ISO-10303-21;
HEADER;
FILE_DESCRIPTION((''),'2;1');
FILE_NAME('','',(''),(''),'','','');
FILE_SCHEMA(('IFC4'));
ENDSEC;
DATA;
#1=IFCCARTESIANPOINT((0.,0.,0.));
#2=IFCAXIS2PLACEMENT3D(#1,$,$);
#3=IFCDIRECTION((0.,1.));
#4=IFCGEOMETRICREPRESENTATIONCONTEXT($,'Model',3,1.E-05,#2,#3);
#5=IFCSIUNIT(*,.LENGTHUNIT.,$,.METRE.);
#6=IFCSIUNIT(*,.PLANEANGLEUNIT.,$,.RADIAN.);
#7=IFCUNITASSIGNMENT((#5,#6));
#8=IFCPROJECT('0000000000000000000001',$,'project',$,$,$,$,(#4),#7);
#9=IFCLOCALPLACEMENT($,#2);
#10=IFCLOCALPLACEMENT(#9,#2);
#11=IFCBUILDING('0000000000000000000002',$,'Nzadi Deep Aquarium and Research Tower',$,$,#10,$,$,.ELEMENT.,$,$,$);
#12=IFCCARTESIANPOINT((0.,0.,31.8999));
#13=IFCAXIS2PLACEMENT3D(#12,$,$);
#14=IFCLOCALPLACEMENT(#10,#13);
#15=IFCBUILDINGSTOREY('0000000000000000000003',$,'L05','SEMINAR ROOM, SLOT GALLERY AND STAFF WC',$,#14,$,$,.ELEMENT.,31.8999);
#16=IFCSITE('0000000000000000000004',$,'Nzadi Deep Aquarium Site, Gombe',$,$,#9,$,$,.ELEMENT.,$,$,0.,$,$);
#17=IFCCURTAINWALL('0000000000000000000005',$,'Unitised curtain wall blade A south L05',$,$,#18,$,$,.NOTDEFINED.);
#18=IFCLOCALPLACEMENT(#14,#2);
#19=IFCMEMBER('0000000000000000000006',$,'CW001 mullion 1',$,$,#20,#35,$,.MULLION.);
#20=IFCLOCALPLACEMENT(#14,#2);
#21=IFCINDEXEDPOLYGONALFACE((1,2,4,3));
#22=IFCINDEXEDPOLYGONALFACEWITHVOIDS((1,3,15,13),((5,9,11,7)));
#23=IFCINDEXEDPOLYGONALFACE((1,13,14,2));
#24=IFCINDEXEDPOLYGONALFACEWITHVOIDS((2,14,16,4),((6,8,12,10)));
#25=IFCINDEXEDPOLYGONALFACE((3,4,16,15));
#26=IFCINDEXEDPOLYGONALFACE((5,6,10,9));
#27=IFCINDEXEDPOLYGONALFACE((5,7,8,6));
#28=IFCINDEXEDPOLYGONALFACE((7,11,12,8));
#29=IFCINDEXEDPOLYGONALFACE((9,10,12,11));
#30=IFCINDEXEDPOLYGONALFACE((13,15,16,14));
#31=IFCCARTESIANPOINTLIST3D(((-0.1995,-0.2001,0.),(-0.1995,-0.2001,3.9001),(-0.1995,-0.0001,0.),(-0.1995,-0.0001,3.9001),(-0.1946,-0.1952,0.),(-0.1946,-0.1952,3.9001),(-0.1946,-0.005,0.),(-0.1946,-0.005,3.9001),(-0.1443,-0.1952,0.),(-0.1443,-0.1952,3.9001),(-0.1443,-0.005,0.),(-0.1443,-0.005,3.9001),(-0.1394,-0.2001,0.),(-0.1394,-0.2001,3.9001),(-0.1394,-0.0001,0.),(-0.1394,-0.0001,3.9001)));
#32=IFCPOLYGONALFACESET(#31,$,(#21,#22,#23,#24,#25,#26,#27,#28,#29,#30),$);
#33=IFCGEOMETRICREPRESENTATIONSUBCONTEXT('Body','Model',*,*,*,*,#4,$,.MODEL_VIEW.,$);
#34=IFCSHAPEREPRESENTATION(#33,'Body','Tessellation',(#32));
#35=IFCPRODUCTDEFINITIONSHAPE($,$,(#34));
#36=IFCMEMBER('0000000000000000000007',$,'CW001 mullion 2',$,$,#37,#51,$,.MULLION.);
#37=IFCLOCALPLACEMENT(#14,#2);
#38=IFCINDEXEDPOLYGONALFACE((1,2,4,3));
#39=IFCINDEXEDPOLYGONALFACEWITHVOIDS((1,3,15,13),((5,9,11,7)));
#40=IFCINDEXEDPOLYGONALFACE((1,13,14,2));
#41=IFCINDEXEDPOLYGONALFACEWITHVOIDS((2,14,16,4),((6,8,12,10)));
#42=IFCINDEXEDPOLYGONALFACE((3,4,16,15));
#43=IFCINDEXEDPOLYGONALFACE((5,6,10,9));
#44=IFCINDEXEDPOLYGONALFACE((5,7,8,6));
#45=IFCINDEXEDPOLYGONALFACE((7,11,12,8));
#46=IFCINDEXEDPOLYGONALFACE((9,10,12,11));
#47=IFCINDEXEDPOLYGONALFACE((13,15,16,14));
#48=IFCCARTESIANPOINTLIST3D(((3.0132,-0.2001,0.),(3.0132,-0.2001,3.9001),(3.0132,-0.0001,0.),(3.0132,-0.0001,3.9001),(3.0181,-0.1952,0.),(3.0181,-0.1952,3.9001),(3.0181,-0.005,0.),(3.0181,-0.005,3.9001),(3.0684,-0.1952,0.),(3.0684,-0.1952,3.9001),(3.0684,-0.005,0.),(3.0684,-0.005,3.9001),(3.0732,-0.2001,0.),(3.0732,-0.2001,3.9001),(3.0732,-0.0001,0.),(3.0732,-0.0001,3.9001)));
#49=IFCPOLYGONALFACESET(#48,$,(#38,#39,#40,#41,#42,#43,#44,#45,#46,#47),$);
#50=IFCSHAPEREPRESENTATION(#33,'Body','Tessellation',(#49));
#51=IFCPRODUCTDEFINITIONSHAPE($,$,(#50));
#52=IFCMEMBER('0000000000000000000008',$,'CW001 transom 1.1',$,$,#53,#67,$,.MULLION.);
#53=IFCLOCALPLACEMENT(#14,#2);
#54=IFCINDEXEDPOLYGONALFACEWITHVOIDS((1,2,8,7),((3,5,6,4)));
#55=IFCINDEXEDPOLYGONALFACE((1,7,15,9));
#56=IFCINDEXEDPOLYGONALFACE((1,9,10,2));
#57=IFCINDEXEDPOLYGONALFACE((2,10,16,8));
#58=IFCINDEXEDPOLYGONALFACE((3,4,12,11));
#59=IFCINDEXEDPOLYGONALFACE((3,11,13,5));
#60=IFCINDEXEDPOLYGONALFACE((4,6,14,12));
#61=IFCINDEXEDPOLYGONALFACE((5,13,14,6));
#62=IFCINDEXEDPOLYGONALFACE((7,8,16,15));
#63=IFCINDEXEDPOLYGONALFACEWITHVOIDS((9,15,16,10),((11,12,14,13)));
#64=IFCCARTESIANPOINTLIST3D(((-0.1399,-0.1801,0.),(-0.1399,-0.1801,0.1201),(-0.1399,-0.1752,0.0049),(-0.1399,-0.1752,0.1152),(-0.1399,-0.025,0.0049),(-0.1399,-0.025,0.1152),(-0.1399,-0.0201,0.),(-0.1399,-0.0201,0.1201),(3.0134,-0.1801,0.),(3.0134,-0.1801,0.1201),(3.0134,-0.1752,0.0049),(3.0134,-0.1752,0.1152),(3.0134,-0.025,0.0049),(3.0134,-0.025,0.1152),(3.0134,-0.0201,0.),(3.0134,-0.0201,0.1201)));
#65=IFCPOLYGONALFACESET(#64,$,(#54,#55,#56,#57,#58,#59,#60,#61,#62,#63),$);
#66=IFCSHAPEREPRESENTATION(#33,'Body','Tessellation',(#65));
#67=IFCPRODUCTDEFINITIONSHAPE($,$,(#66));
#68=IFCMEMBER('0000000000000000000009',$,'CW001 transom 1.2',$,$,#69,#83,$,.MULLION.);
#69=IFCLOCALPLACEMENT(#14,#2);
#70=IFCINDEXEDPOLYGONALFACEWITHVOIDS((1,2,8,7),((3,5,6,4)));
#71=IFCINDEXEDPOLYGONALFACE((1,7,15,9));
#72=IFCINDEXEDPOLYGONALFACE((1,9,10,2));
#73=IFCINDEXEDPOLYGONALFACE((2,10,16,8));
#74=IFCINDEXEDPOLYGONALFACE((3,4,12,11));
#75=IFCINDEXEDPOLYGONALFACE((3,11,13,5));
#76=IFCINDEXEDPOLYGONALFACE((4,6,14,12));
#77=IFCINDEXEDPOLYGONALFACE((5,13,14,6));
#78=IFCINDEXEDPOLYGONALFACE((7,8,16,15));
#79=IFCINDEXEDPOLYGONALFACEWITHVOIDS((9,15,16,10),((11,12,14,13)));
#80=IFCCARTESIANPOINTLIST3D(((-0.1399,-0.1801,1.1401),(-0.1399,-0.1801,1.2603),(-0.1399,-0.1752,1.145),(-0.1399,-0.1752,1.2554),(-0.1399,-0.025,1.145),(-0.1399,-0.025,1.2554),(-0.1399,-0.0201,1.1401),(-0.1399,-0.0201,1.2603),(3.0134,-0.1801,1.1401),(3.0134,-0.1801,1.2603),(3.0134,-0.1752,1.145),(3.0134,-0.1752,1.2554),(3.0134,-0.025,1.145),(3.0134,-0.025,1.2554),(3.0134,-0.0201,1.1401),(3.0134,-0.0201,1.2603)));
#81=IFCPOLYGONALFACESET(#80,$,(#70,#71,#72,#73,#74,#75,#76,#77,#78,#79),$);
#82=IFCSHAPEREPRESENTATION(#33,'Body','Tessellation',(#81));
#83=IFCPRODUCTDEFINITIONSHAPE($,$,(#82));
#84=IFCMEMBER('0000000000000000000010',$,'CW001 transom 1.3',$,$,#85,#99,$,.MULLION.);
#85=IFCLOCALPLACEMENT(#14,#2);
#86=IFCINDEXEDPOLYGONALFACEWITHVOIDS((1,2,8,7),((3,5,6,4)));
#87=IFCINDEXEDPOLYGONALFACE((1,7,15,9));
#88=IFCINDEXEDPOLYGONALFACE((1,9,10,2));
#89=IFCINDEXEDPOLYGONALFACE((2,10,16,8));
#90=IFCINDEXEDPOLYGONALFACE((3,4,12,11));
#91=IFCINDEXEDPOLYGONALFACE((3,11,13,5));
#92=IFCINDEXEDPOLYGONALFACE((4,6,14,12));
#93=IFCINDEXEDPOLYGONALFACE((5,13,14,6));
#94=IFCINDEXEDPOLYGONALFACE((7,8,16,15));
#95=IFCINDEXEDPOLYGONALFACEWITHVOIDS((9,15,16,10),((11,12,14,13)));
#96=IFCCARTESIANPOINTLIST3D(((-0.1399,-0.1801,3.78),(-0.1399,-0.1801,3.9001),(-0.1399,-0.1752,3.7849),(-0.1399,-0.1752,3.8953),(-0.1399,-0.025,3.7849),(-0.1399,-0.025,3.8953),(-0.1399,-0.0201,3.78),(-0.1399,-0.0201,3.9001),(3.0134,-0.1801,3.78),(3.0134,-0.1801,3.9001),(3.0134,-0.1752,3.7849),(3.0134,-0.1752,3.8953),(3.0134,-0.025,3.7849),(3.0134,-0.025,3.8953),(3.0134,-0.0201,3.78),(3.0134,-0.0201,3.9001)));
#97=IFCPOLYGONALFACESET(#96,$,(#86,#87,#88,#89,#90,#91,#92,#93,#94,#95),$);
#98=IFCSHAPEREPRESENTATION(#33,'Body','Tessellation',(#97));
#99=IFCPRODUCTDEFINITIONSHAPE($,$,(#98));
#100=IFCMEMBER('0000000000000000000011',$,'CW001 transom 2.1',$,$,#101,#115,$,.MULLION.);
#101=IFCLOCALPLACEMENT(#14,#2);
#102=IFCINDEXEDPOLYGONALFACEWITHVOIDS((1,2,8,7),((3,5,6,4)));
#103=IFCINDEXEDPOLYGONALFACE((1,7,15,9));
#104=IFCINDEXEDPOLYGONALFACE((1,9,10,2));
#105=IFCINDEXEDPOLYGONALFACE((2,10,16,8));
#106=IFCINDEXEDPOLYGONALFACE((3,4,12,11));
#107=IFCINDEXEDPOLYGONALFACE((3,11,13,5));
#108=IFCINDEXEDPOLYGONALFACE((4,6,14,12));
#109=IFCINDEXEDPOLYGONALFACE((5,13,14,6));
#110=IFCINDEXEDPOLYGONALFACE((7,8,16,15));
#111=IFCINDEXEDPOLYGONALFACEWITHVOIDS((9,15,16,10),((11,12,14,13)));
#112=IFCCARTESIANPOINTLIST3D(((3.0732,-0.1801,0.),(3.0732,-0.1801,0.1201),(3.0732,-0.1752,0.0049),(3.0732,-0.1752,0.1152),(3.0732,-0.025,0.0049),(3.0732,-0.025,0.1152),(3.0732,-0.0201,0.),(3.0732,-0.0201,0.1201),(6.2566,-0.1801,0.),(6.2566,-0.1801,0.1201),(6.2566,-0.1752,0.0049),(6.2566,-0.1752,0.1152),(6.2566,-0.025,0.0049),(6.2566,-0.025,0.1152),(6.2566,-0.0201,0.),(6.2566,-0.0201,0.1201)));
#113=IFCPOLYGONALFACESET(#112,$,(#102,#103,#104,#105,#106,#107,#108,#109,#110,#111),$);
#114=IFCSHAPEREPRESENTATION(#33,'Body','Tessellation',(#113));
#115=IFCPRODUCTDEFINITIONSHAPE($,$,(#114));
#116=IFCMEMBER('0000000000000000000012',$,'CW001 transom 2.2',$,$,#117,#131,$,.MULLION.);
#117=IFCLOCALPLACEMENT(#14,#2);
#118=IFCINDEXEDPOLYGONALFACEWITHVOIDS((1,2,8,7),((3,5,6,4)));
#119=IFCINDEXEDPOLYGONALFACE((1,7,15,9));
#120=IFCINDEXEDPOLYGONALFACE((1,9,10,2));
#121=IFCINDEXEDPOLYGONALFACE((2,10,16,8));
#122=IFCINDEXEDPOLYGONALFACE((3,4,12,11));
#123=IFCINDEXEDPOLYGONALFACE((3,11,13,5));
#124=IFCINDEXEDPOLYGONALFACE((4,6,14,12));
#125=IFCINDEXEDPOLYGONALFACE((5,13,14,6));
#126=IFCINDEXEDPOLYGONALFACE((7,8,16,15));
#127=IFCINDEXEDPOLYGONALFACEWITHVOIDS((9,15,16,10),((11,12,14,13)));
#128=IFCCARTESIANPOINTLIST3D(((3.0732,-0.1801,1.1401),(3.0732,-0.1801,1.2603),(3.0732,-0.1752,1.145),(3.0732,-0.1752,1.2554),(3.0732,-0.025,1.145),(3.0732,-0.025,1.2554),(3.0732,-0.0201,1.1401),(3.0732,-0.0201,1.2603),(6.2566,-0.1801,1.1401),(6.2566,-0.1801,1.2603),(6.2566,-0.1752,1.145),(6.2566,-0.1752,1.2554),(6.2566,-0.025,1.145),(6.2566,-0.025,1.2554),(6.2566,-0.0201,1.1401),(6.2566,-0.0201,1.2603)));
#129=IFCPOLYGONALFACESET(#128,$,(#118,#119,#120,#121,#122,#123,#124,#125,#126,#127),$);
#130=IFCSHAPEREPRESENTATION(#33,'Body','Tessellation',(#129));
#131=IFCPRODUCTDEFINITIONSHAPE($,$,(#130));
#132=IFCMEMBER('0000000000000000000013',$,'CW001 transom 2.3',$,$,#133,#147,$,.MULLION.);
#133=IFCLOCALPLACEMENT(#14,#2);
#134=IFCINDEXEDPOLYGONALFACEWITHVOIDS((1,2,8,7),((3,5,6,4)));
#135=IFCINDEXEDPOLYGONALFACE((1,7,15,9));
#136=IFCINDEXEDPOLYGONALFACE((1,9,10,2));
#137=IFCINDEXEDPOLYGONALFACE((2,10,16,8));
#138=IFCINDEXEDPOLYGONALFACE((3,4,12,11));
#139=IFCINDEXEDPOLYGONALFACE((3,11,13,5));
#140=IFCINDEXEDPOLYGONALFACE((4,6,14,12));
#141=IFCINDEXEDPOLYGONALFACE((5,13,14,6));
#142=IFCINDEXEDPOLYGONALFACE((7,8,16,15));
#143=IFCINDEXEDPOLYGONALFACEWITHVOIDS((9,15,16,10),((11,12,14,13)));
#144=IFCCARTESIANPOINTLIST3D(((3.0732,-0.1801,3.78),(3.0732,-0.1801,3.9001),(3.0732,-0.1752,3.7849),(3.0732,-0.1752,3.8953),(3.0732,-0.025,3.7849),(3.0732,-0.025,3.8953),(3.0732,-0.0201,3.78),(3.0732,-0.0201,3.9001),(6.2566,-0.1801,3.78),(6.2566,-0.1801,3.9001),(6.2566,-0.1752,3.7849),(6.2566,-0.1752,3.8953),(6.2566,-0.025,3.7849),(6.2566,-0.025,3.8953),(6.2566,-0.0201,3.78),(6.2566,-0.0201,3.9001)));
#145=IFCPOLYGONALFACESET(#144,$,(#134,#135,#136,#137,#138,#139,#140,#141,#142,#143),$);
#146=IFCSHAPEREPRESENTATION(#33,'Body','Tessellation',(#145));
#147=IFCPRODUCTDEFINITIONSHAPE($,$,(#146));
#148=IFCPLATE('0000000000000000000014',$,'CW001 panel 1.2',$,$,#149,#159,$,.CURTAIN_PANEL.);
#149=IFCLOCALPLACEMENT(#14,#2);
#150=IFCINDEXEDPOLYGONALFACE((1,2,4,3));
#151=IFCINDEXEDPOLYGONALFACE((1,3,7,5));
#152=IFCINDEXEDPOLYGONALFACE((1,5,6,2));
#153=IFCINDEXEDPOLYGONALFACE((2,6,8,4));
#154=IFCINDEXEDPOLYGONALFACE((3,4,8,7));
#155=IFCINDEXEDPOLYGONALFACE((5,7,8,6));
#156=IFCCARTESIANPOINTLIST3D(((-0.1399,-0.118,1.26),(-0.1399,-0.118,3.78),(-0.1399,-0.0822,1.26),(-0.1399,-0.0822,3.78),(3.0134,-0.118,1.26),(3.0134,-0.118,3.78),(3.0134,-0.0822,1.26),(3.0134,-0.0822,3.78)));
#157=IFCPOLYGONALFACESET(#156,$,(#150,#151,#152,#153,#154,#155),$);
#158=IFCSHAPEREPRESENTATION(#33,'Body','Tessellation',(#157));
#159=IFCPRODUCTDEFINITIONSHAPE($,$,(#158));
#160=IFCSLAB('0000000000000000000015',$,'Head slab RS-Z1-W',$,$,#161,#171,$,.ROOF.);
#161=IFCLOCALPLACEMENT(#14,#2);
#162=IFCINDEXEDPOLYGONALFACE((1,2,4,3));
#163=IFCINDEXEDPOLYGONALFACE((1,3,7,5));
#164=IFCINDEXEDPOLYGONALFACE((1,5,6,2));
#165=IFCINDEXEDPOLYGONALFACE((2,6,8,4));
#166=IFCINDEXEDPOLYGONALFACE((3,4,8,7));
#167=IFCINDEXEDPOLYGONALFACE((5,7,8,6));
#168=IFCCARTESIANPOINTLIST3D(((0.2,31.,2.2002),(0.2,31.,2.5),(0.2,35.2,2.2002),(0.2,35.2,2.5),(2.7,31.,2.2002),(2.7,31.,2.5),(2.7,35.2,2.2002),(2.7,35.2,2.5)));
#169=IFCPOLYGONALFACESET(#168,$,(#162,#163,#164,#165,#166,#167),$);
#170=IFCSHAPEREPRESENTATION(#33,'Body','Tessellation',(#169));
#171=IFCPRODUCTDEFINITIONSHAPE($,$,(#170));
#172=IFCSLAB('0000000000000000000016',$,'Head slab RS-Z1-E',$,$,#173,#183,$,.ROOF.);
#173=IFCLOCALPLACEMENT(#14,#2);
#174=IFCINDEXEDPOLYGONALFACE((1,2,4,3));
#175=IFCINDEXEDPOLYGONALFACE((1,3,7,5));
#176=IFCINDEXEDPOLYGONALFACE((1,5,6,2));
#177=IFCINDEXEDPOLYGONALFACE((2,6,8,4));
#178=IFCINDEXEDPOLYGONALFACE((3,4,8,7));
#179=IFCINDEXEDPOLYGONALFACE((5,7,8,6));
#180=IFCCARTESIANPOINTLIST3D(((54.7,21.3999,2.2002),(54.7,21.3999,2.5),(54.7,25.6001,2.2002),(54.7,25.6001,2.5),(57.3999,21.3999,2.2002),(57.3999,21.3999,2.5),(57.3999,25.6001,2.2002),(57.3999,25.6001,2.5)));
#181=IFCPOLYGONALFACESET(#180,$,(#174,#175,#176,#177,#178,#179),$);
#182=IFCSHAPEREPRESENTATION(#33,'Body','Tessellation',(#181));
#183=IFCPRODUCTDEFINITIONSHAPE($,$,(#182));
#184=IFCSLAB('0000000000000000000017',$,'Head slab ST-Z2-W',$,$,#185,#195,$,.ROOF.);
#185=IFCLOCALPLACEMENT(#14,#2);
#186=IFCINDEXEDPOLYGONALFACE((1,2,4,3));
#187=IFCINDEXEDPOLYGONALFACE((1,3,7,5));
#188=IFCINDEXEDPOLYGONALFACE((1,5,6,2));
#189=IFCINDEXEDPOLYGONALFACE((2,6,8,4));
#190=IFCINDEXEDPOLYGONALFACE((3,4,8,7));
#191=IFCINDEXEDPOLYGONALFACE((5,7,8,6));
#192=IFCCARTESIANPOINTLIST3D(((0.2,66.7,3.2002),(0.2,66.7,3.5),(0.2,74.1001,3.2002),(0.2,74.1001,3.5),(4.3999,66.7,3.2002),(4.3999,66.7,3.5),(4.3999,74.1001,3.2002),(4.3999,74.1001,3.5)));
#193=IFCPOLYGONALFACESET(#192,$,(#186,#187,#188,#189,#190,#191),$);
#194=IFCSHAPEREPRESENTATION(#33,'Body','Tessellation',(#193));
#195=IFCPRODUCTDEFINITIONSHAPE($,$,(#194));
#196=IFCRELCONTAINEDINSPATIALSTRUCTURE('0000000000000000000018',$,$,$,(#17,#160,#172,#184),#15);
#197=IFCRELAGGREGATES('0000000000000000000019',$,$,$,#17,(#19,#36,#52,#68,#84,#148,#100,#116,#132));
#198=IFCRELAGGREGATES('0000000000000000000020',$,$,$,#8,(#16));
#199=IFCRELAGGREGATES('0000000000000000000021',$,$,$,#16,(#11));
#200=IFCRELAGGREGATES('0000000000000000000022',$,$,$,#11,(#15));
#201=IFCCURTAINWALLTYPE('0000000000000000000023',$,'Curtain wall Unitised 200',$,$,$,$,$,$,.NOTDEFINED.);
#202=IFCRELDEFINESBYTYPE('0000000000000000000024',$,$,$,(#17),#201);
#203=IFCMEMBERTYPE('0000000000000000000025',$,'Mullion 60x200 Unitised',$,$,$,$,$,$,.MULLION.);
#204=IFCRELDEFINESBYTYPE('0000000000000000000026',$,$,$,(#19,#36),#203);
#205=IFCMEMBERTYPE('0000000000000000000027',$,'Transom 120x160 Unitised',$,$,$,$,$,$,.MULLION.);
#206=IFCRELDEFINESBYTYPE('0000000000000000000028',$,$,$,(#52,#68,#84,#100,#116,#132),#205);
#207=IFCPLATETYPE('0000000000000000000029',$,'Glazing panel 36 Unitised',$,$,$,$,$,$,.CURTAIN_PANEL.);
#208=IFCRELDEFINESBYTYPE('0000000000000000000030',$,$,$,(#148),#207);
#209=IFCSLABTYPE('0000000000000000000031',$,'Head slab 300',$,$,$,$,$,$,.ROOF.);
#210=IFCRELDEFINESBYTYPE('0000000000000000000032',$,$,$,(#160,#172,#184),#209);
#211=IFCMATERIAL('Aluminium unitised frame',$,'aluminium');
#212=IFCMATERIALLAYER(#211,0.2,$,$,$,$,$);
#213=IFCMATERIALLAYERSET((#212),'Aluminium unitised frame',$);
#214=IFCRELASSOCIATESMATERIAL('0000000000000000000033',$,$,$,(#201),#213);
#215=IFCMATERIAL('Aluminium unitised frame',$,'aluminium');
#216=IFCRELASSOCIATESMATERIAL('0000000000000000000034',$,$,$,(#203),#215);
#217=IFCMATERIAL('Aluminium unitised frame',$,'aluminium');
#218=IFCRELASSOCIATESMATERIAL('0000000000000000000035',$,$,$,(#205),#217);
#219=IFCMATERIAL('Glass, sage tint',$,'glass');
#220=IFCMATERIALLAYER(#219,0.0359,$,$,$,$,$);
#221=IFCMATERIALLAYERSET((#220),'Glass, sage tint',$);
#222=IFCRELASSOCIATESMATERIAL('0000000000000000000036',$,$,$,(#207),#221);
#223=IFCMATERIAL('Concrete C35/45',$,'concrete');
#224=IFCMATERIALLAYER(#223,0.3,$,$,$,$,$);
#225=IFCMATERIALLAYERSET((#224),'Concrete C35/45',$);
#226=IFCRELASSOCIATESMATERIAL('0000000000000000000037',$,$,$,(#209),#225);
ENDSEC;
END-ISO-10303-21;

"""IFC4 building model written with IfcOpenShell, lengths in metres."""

from ifc_helpers import new_model, si_unit, direction, frame, origin, origin_2d, place, context, subcontext, project, spatial, polyline, rectangle, hollow_rectangle, outline, extrude, material, layer, layer_set, material_profile, profile_set, type_object, element, aggregate, save


model = new_model("IFC4")

# Units and contexts
model_context = context("Model", 3, precision=1e-05, world=origin(), true_north=direction((0.0, 1.0)))
body_context = subcontext(model_context, "Body", "Model", "MODEL_VIEW")
ifc_project = project(units=[si_unit("LENGTHUNIT", "METRE"), si_unit("PLANEANGLEUNIT", "RADIAN")], contexts=[model_context])

# Site, building, storey
site_placement = place(None, origin())
site = spatial("IfcSite", under=ifc_project, at=site_placement, Name="Nzadi Deep Aquarium Site, Gombe", CompositionType="ELEMENT", RefElevation=0.0)
building_placement = place(site_placement, origin())
building = spatial("IfcBuilding", under=site, at=building_placement, Name="Nzadi Deep Aquarium and Research Tower", CompositionType="ELEMENT")
storey_placement = place(building_placement, frame((0.0, 0.0, 31.8999)))
storey = spatial("IfcBuildingStorey", under=building, at=storey_placement, Name="L05", Description="SEMINAR ROOM, SLOT GALLERY AND STAFF WC", CompositionType="ELEMENT", Elevation=31.8999)

# Curtain wall, members, plate
ifc_material_1 = material(Name="Aluminium unitised frame", Category="aluminium")
ifc_layer_1 = layer(ifc_material_1, 0.2)
ifc_layer_set_1 = layer_set([ifc_layer_1], Name="Aluminium unitised frame")
curtain_wall_type = type_object("IfcCurtainWallType", Name="Curtain wall Unitised 200", PredefinedType="NOTDEFINED", material=ifc_layer_set_1)
curtain_wall_placement = place(storey_placement, origin())
curtain_wall = element("IfcCurtainWall", 1, at=curtain_wall_placement, inside=storey, type_object=curtain_wall_type, Name="Unitised curtain wall blade A south L05", PredefinedType="NOTDEFINED")
ifc_material_2 = material(Name="Aluminium unitised frame", Category="aluminium")
ifc_material_profile_1 = material_profile(ifc_material_2, hollow_rectangle(XDim=0.2, YDim=0.0601, WallThickness=0.0049, at=origin_2d()))
ifc_profile_set_1 = profile_set([ifc_material_profile_1], Name="Aluminium unitised frame")
member_type_1 = type_object("IfcMemberType", Name="Mullion 60x200 Unitised", PredefinedType="MULLION", material=ifc_profile_set_1)
member_1_placement = place(storey_placement, frame((-0.1694, -0.1001, 0.0), z_axis=(0.0, 0.0, 1.0), x_axis=(0.0, 1.0, 0.0)))
member_1 = element("IfcMember", 2, at=member_1_placement, type_object=member_type_1, Name="CW001 mullion 1", PredefinedType="MULLION", context=body_context, shape_type="SweptSolid", body=[
    extrude(hollow_rectangle(XDim=0.2, YDim=0.0601, WallThickness=0.0049, at=origin_2d()), origin(), (0.0, 0.0, 1.0), 3.9001),
])
member_2_placement = place(storey_placement, frame((3.0432, -0.1001, 0.0), z_axis=(0.0, 0.0, 1.0), x_axis=(0.0, 1.0, 0.0)))
member_2 = element("IfcMember", 3, at=member_2_placement, type_object=member_type_1, Name="CW001 mullion 2", PredefinedType="MULLION", context=body_context, shape_type="SweptSolid", body=[
    extrude(hollow_rectangle(XDim=0.2, YDim=0.0601, WallThickness=0.0049, at=origin_2d()), origin(), (0.0, 0.0, 1.0), 3.9001),
])
ifc_material_3 = material(Name="Aluminium unitised frame", Category="aluminium")
ifc_material_profile_2 = material_profile(ifc_material_3, hollow_rectangle(XDim=0.1599, YDim=0.1201, WallThickness=0.0049, at=origin_2d()))
ifc_profile_set_2 = profile_set([ifc_material_profile_2], Name="Aluminium unitised frame")
member_type_2 = type_object("IfcMemberType", Name="Transom 120x160 Unitised", PredefinedType="MULLION", material=ifc_profile_set_2)
member_3_placement = place(storey_placement, frame((-0.1399, -0.1001, 0.0601), z_axis=(1.0, 0.0, 0.0), x_axis=(0.0, 1.0, 0.0)))
member_3 = element("IfcMember", 4, at=member_3_placement, type_object=member_type_2, Name="CW001 transom 1.1", PredefinedType="MULLION", context=body_context, shape_type="SweptSolid", body=[
    extrude(hollow_rectangle(XDim=0.1599, YDim=0.1201, WallThickness=0.0049, at=origin_2d()), origin(), (0.0, 0.0, 1.0), 3.1533),
])
member_4_placement = place(storey_placement, frame((-0.1399, -0.1001, 1.2002), z_axis=(1.0, 0.0, 0.0), x_axis=(0.0, 1.0, 0.0)))
member_4 = element("IfcMember", 5, at=member_4_placement, type_object=member_type_2, Name="CW001 transom 1.2", PredefinedType="MULLION", context=body_context, shape_type="SweptSolid", body=[
    extrude(hollow_rectangle(XDim=0.1599, YDim=0.1201, WallThickness=0.0049, at=origin_2d()), origin(), (0.0, 0.0, 1.0), 3.1533),
])
member_5_placement = place(storey_placement, frame((-0.1399, -0.1001, 3.8401), z_axis=(1.0, 0.0, 0.0), x_axis=(0.0, 1.0, 0.0)))
member_5 = element("IfcMember", 6, at=member_5_placement, type_object=member_type_2, Name="CW001 transom 1.3", PredefinedType="MULLION", context=body_context, shape_type="SweptSolid", body=[
    extrude(hollow_rectangle(XDim=0.1599, YDim=0.1201, WallThickness=0.0049, at=origin_2d()), origin(), (0.0, 0.0, 1.0), 3.1533),
])
member_6_placement = place(storey_placement, frame((3.0732, -0.1001, 0.0601), z_axis=(1.0, 0.0, 0.0), x_axis=(0.0, 1.0, 0.0)))
member_6 = element("IfcMember", 7, at=member_6_placement, type_object=member_type_2, Name="CW001 transom 2.1", PredefinedType="MULLION", context=body_context, shape_type="SweptSolid", body=[
    extrude(hollow_rectangle(XDim=0.1599, YDim=0.1201, WallThickness=0.0049, at=origin_2d()), origin(), (0.0, 0.0, 1.0), 3.1833),
])
member_7_placement = place(storey_placement, frame((3.0732, -0.1001, 1.2002), z_axis=(1.0, 0.0, 0.0), x_axis=(0.0, 1.0, 0.0)))
member_7 = element("IfcMember", 8, at=member_7_placement, type_object=member_type_2, Name="CW001 transom 2.2", PredefinedType="MULLION", context=body_context, shape_type="SweptSolid", body=[
    extrude(hollow_rectangle(XDim=0.1599, YDim=0.1201, WallThickness=0.0049, at=origin_2d()), origin(), (0.0, 0.0, 1.0), 3.1833),
])
member_8_placement = place(storey_placement, frame((3.0732, -0.1001, 3.8401), z_axis=(1.0, 0.0, 0.0), x_axis=(0.0, 1.0, 0.0)))
member_8 = element("IfcMember", 9, at=member_8_placement, type_object=member_type_2, Name="CW001 transom 2.3", PredefinedType="MULLION", context=body_context, shape_type="SweptSolid", body=[
    extrude(hollow_rectangle(XDim=0.1599, YDim=0.1201, WallThickness=0.0049, at=origin_2d()), origin(), (0.0, 0.0, 1.0), 3.1833),
])
ifc_material_4 = material(Name="Glass, sage tint", Category="glass")
ifc_layer_2 = layer(ifc_material_4, 0.0359)
ifc_layer_set_2 = layer_set([ifc_layer_2], Name="Glass, sage tint")
plate_type_1 = type_object("IfcPlateType", Name="Glazing panel 36 Unitised", PredefinedType="CURTAIN_PANEL", material=ifc_layer_set_2)
plate_1_placement = place(storey_placement, frame((1.4368, -0.1001, 1.26), z_axis=(0.0, 0.0, 1.0), x_axis=(1.0, 0.0, 0.0)))
plate_1 = element("IfcPlate", 10, at=plate_1_placement, type_object=plate_type_1, Name="CW001 panel 1.2", PredefinedType="CURTAIN_PANEL", context=body_context, shape_type="SweptSolid", body=[
    extrude(rectangle(XDim=3.1533, YDim=0.0359, at=origin_2d()), origin(), (0.0, 0.0, 1.0), 2.52),
])

# Slabs
ifc_material_5 = material(Name="Concrete C35/45", Category="concrete")
ifc_layer_3 = layer(ifc_material_5, 0.3)
ifc_layer_set_3 = layer_set([ifc_layer_3], Name="Concrete C35/45")
slab_type_1 = type_object("IfcSlabType", Name="Head slab 300", PredefinedType="ROOF", material=ifc_layer_set_3)
slab_1_placement = place(storey_placement, frame((0.0, 0.0, 2.2002)))
element("IfcSlab", 11, at=slab_1_placement, inside=storey, type_object=slab_type_1, Name="Head slab RS-Z1-W", PredefinedType="ROOF", context=body_context, shape_type="SweptSolid", body=[
    extrude(outline(polyline([(2.7, 31.0), (2.7, 35.2), (0.2, 35.2), (0.2, 31.0), (2.7, 31.0)])), origin(), (0.0, 0.0, 1.0), 0.2998),
])
slab_2_placement = place(storey_placement, frame((0.0, 0.0, 2.2002)))
element("IfcSlab", 12, at=slab_2_placement, inside=storey, type_object=slab_type_1, Name="Head slab RS-Z1-E", PredefinedType="ROOF", context=body_context, shape_type="SweptSolid", body=[
    extrude(outline(polyline([(57.3999, 21.3999), (57.3999, 25.6001), (54.7, 25.6001), (54.7, 21.3999), (57.3999, 21.3999)])), origin(), (0.0, 0.0, 1.0), 0.2998),
])
slab_3_placement = place(storey_placement, frame((0.0, 0.0, 3.2002)))
element("IfcSlab", 13, at=slab_3_placement, inside=storey, type_object=slab_type_1, Name="Head slab ST-Z2-W", PredefinedType="ROOF", context=body_context, shape_type="SweptSolid", body=[
    extrude(outline(polyline([(4.3999, 66.7), (4.3999, 74.1001), (0.2, 74.1001), (0.2, 66.7), (4.3999, 66.7)])), origin(), (0.0, 0.0, 1.0), 0.2998),
])

aggregate(curtain_wall, [member_1, member_2, member_3, member_4, member_5, plate_1, member_6, member_7, member_8])

save(model, "model.ifc")
